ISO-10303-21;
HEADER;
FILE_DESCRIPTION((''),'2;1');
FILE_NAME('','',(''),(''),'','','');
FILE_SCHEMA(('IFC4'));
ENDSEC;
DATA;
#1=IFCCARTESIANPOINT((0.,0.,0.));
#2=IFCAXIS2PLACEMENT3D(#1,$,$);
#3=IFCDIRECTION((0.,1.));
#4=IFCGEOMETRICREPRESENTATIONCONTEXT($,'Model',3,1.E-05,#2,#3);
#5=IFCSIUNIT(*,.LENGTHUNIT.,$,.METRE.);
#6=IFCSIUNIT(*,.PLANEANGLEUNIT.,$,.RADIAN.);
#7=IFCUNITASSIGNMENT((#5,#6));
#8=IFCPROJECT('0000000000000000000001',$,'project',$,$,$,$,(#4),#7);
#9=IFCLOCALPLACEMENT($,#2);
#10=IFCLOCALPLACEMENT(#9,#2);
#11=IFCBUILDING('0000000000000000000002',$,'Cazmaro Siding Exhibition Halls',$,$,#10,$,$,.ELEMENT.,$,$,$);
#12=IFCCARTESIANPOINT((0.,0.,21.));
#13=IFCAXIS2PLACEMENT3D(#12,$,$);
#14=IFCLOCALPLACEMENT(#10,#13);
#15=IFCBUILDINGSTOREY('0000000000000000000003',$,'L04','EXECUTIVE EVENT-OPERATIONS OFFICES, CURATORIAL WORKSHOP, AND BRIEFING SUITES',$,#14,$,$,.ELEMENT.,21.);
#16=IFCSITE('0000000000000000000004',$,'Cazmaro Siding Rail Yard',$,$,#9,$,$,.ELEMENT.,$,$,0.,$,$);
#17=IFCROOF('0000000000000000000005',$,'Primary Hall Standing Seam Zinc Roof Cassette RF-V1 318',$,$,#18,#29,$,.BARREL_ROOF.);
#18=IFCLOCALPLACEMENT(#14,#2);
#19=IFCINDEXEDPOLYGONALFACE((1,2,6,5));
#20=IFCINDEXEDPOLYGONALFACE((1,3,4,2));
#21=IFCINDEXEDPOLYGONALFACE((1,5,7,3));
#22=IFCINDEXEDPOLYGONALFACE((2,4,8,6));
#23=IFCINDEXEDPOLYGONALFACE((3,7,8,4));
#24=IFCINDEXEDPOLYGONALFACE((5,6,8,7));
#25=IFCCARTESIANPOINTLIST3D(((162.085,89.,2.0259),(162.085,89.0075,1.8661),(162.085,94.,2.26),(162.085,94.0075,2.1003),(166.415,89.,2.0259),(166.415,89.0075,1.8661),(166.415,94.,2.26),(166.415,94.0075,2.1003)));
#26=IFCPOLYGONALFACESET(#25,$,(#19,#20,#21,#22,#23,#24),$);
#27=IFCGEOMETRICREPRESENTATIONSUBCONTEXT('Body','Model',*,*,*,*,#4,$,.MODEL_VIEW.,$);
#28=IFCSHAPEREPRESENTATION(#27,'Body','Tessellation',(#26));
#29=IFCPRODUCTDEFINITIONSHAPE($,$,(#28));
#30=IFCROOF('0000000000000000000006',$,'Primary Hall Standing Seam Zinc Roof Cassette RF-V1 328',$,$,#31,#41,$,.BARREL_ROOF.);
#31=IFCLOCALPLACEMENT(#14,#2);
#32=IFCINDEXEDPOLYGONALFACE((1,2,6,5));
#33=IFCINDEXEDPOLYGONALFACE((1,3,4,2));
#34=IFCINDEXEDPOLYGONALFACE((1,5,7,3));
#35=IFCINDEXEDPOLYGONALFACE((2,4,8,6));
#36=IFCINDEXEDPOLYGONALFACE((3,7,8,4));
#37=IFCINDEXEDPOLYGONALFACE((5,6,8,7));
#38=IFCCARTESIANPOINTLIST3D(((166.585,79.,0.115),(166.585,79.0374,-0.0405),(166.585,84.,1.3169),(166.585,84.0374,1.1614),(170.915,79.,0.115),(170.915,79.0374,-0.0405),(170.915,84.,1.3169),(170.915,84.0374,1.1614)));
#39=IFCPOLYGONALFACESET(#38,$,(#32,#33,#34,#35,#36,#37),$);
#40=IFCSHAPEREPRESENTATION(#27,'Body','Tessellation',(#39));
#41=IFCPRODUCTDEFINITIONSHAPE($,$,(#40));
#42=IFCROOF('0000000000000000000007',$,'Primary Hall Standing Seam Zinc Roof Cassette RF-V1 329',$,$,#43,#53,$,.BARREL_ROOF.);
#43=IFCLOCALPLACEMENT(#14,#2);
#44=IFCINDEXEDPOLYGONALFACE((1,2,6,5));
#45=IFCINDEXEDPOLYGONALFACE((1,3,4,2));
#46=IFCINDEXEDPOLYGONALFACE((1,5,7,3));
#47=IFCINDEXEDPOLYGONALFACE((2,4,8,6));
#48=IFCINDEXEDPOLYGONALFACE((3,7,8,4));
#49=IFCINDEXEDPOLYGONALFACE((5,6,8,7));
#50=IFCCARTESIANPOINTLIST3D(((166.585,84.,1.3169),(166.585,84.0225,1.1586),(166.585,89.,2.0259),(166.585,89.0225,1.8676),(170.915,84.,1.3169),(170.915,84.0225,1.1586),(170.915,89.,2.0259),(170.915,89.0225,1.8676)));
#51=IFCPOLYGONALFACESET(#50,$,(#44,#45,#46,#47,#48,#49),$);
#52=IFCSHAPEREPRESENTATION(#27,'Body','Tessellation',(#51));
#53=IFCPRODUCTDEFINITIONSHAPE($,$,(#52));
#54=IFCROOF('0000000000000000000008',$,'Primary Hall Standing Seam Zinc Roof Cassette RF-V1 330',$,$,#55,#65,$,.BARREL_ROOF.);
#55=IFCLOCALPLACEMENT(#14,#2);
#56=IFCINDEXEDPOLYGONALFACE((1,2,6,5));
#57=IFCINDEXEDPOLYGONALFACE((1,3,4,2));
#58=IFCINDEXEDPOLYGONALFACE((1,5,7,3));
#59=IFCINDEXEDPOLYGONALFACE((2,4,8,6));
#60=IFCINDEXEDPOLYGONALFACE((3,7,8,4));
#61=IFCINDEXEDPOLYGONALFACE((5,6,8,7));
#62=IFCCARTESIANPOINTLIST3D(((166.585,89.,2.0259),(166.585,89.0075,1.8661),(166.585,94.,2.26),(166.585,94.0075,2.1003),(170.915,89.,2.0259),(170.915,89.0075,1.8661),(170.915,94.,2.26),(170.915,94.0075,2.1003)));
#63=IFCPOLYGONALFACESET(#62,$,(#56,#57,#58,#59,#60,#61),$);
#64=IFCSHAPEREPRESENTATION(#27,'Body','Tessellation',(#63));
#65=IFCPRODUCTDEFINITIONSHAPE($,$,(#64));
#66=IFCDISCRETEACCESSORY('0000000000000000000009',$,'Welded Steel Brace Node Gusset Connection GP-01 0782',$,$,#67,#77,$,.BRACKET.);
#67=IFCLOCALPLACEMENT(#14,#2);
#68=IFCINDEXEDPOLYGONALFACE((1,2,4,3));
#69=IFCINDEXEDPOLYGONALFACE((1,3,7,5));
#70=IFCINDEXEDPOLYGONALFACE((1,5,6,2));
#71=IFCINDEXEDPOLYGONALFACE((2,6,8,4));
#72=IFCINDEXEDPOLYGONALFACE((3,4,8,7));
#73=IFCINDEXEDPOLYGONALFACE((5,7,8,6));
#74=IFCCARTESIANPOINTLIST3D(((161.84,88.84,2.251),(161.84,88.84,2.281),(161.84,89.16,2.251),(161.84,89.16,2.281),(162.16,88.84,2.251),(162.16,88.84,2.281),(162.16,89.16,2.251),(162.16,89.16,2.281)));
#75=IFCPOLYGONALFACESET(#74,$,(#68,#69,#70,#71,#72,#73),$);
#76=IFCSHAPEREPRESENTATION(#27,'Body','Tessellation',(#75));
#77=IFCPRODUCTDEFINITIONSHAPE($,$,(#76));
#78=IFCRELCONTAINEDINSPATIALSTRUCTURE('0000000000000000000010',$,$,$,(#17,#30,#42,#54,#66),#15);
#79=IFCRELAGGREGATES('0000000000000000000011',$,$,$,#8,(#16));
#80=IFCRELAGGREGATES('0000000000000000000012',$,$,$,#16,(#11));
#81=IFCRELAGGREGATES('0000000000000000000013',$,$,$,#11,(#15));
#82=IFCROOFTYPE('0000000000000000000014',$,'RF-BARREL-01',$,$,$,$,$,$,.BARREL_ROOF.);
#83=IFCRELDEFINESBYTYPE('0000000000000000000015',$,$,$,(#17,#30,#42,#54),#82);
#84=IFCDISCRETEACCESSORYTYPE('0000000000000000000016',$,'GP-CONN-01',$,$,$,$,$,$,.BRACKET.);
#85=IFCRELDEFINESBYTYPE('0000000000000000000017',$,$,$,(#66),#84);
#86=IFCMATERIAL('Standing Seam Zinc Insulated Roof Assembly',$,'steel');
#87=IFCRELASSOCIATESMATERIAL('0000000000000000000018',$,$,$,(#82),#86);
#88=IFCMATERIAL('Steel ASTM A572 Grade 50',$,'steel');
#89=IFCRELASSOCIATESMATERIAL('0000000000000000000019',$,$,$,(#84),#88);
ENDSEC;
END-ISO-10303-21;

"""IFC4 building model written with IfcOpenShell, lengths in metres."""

from ifc_helpers import new_model, si_unit, direction, frame, origin, origin_2d, place, context, subcontext, project, spatial, polyline, rectangle, outline, extrude, material, type_object, element, save


model = new_model("IFC4")

# Units and contexts
model_context = context("Model", 3, precision=1e-05, world=origin(), true_north=direction((0.0, 1.0)))
body_context = subcontext(model_context, "Body", "Model", "MODEL_VIEW")
ifc_project = project(units=[si_unit("LENGTHUNIT", "METRE"), si_unit("PLANEANGLEUNIT", "RADIAN")], contexts=[model_context])

# Site, building, storey
site_placement = place(None, origin())
site = spatial("IfcSite", under=ifc_project, at=site_placement, Name="Cazmaro Siding Rail Yard", CompositionType="ELEMENT", RefElevation=0.0)
building_placement = place(site_placement, origin())
building = spatial("IfcBuilding", under=site, at=building_placement, Name="Cazmaro Siding Exhibition Halls", CompositionType="ELEMENT")
storey_placement = place(building_placement, frame((0.0, 0.0, 21.0)))
storey = spatial("IfcBuildingStorey", under=building, at=storey_placement, Name="L04", Description="EXECUTIVE EVENT-OPERATIONS OFFICES, CURATORIAL WORKSHOP, AND BRIEFING SUITES", CompositionType="ELEMENT", Elevation=21.0)

# Roofs
ifc_material_1 = material(Name="Standing Seam Zinc Insulated Roof Assembly", Category="steel")
roof_type = type_object("IfcRoofType", Name="RF-BARREL-01", PredefinedType="BARREL_ROOF", material=ifc_material_1)
roof_1_placement = place(storey_placement, frame((162.085, 89.0, 2.0259), z_axis=(0.0, -0.046775, 0.998905), x_axis=(1.0, 0.0, 0.0)))
element("IfcRoof", 1, at=roof_1_placement, inside=storey, type_object=roof_type, Name="Primary Hall Standing Seam Zinc Roof Cassette RF-V1 318", PredefinedType="BARREL_ROOF", context=body_context, shape_type="SweptSolid", body=[
    extrude(outline(polyline([(0.0, 0.0), (4.3301, 0.0), (4.3301, 5.0055), (0.0, 5.0055), (0.0, 0.0)])), origin(), (0.0, 0.0, -1.0), 0.1599),
])
roof_2_placement = place(storey_placement, frame((166.585, 79.0, 0.115), z_axis=(0.0, -0.233723, 0.972303), x_axis=(1.0, 0.0, 0.0)))
element("IfcRoof", 2, at=roof_2_placement, inside=storey, type_object=roof_type, Name="Primary Hall Standing Seam Zinc Roof Cassette RF-V1 328", PredefinedType="BARREL_ROOF", context=body_context, shape_type="SweptSolid", body=[
    extrude(outline(polyline([(0.0, 0.0), (4.3301, 0.0), (4.3301, 5.1424), (0.0, 5.1424), (0.0, 0.0)])), origin(), (0.0, 0.0, -1.0), 0.1599),
])
roof_3_placement = place(storey_placement, frame((166.585, 84.0, 1.3169), z_axis=(0.0, -0.140393, 0.990096), x_axis=(1.0, 0.0, 0.0)))
element("IfcRoof", 3, at=roof_3_placement, inside=storey, type_object=roof_type, Name="Primary Hall Standing Seam Zinc Roof Cassette RF-V1 329", PredefinedType="BARREL_ROOF", context=body_context, shape_type="SweptSolid", body=[
    extrude(outline(polyline([(0.0, 0.0), (4.3301, 0.0), (4.3301, 5.05), (0.0, 5.05), (0.0, 0.0)])), origin(), (0.0, 0.0, -1.0), 0.1599),
])
roof_4_placement = place(storey_placement, frame((166.585, 89.0, 2.0259), z_axis=(0.0, -0.046775, 0.998905), x_axis=(1.0, 0.0, 0.0)))
element("IfcRoof", 4, at=roof_4_placement, inside=storey, type_object=roof_type, Name="Primary Hall Standing Seam Zinc Roof Cassette RF-V1 330", PredefinedType="BARREL_ROOF", context=body_context, shape_type="SweptSolid", body=[
    extrude(outline(polyline([(0.0, 0.0), (4.3301, 0.0), (4.3301, 5.0055), (0.0, 5.0055), (0.0, 0.0)])), origin(), (0.0, 0.0, -1.0), 0.1599),
])

# Discrete accessory
ifc_material_2 = material(Name="Steel ASTM A572 Grade 50", Category="steel")
discrete_accessory_type = type_object("IfcDiscreteAccessoryType", Name="GP-CONN-01", PredefinedType="BRACKET", material=ifc_material_2)
discrete_accessory_placement = place(storey_placement, frame((162.0, 89.0, 2.251), z_axis=(0.0, 0.0, 1.0), x_axis=(1.0, 0.0, 0.0)))
element("IfcDiscreteAccessory", 5, at=discrete_accessory_placement, inside=storey, type_object=discrete_accessory_type, Name="Welded Steel Brace Node Gusset Connection GP-01 0782", PredefinedType="BRACKET", context=body_context, shape_type="SweptSolid", body=[
    extrude(rectangle(XDim=0.3201, YDim=0.3201, at=origin_2d()), origin(), (0.0, 0.0, 1.0), 0.03),
])

save(model, "model.ifc")
